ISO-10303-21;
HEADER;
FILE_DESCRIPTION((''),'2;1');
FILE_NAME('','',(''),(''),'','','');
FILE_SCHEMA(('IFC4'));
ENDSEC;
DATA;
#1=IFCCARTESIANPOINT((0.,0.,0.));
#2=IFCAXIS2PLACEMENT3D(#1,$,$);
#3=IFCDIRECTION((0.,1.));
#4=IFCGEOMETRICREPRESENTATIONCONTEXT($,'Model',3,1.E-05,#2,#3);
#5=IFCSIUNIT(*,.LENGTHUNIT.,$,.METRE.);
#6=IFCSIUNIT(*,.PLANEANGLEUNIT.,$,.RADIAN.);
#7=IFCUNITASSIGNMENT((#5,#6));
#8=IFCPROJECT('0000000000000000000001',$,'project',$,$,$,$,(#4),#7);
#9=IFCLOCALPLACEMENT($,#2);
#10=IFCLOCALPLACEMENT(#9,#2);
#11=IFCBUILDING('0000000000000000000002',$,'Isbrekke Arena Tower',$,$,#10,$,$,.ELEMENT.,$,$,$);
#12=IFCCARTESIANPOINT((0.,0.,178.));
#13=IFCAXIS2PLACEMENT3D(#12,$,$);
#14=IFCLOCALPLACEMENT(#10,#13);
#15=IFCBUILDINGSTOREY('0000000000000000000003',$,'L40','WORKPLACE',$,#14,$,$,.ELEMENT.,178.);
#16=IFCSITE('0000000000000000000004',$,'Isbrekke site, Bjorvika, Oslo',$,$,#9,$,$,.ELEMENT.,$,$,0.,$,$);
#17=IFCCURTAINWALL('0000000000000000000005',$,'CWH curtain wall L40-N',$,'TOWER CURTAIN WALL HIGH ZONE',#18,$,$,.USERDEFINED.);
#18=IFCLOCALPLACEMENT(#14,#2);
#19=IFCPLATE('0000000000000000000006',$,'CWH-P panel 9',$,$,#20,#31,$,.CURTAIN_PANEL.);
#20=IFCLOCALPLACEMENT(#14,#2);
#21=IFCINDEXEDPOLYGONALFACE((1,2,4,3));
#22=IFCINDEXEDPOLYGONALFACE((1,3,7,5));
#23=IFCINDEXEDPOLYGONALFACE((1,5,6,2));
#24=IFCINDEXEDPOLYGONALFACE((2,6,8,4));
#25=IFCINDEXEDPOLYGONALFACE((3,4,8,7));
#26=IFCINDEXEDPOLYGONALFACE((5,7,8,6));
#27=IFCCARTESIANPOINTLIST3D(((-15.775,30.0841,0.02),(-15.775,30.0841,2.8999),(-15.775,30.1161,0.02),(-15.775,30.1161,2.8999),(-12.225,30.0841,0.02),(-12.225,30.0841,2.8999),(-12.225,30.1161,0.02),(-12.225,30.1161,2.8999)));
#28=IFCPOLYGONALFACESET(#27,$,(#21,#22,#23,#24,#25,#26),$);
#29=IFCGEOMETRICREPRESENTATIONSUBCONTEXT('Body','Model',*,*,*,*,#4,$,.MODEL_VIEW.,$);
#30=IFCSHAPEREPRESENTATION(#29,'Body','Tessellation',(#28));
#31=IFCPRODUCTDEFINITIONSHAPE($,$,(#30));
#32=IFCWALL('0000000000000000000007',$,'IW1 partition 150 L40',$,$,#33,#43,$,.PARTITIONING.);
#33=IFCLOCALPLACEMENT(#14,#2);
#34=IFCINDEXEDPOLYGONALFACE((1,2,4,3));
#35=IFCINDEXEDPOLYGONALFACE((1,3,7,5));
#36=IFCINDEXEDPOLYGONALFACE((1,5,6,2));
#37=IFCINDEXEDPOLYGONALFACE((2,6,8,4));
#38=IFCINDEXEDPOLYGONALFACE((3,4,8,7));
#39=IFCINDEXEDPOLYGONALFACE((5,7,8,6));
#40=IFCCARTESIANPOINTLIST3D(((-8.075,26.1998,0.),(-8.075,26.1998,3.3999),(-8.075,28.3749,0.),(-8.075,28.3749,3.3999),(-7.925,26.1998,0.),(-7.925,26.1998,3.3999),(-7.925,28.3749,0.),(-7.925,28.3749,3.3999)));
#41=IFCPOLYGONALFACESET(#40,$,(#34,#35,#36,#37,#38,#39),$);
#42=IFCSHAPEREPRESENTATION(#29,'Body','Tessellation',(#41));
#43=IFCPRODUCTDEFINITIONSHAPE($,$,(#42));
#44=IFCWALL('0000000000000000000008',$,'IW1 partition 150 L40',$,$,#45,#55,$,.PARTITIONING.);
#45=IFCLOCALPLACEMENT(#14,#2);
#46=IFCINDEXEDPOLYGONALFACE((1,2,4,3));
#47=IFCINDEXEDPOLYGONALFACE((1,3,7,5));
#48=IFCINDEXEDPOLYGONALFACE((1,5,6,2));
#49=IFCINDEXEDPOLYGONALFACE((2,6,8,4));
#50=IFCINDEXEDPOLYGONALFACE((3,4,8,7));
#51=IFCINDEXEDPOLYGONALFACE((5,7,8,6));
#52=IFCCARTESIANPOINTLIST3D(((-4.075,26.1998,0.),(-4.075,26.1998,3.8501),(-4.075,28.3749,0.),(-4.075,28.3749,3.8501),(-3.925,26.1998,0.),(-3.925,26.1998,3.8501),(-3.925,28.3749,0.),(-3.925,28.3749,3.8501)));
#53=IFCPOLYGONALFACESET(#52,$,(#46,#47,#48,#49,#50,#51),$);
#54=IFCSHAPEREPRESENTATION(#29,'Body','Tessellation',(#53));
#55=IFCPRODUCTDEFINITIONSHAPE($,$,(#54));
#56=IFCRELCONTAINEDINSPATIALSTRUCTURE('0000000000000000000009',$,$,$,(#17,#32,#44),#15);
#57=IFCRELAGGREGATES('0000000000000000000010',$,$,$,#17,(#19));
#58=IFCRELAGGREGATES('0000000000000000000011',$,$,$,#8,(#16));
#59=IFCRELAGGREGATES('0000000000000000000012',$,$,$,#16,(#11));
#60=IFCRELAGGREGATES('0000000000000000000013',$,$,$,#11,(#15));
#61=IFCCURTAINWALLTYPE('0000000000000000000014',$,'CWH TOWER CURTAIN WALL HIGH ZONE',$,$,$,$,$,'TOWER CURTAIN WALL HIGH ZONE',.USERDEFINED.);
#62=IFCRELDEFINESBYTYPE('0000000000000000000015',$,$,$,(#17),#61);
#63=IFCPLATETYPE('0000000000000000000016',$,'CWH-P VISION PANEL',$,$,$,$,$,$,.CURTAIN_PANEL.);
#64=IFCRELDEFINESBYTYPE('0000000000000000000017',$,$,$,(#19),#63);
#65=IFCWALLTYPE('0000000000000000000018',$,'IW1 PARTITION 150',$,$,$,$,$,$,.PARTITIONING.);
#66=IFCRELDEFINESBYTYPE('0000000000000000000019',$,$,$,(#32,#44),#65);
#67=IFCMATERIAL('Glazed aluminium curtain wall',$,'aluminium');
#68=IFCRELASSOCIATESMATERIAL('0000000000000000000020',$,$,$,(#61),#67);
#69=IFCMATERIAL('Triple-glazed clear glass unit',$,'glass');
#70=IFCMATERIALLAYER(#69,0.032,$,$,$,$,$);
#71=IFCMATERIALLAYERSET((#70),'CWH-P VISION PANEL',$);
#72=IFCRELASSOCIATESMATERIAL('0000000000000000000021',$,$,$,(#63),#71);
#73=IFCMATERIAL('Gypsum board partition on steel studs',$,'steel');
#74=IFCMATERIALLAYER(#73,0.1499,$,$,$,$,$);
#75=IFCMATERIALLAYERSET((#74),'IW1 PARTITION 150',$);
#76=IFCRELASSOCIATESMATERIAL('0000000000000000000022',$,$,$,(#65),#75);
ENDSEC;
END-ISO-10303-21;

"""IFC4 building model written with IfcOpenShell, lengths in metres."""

from ifc_helpers import new_model, si_unit, direction, frame, frame_2d, origin, origin_2d, place, context, subcontext, project, spatial, rectangle, extrude, material, layer, layer_set, type_object, element, aggregate, save


model = new_model("IFC4")

# Units and contexts
model_context = context("Model", 3, precision=1e-05, world=origin(), true_north=direction((0.0, 1.0)))
body_context = subcontext(model_context, "Body", "Model", "MODEL_VIEW")
ifc_project = project(units=[si_unit("LENGTHUNIT", "METRE"), si_unit("PLANEANGLEUNIT", "RADIAN")], contexts=[model_context])

# Site, building, storey
site_placement = place(None, origin())
site = spatial("IfcSite", under=ifc_project, at=site_placement, Name="Isbrekke site, Bjorvika, Oslo", CompositionType="ELEMENT", RefElevation=0.0)
building_placement = place(site_placement, origin())
building = spatial("IfcBuilding", under=site, at=building_placement, Name="Isbrekke Arena Tower", CompositionType="ELEMENT")
storey_placement = place(building_placement, frame((0.0, 0.0, 178.0)))
storey = spatial("IfcBuildingStorey", under=building, at=storey_placement, Name="L40", Description="WORKPLACE", CompositionType="ELEMENT", Elevation=178.0)

# Curtain wall
ifc_material_1 = material(Name="Glazed aluminium curtain wall", Category="aluminium")
curtain_wall_type = type_object("IfcCurtainWallType", Name="CWH TOWER CURTAIN WALL HIGH ZONE", ElementType="TOWER CURTAIN WALL HIGH ZONE", PredefinedType="USERDEFINED", material=ifc_material_1)
curtain_wall_placement = place(storey_placement, origin())
curtain_wall = element("IfcCurtainWall", 1, at=curtain_wall_placement, inside=storey, type_object=curtain_wall_type, Name="CWH curtain wall L40-N", ObjectType="TOWER CURTAIN WALL HIGH ZONE", PredefinedType="USERDEFINED")

# Plate
ifc_material_2 = material(Name="Triple-glazed clear glass unit", Category="glass")
ifc_layer_1 = layer(ifc_material_2, 0.032)
ifc_layer_set_1 = layer_set([ifc_layer_1], Name="CWH-P VISION PANEL")
plate_type = type_object("IfcPlateType", Name="CWH-P VISION PANEL", PredefinedType="CURTAIN_PANEL", material=ifc_layer_set_1)
plate_1_placement = place(storey_placement, frame((-14.0, 30.1001, 0.02), z_axis=(0.0, 0.0, 1.0), x_axis=(-1.0, 0.0, 0.0)))
plate_1 = element("IfcPlate", 2, at=plate_1_placement, type_object=plate_type, Name="CWH-P panel 9", PredefinedType="CURTAIN_PANEL", context=body_context, shape_type="SweptSolid", body=[
    extrude(rectangle(XDim=3.55, YDim=0.032, at=origin_2d()), origin(), (0.0, 0.0, 1.0), 2.8799),
])
aggregate(curtain_wall, [plate_1])

# Walls
ifc_material_3 = material(Name="Gypsum board partition on steel studs", Category="steel")
ifc_layer_2 = layer(ifc_material_3, 0.1499)
ifc_layer_set_2 = layer_set([ifc_layer_2], Name="IW1 PARTITION 150")
wall_type = type_object("IfcWallType", Name="IW1 PARTITION 150", PredefinedType="PARTITIONING", material=ifc_layer_set_2)
wall_1_placement = place(storey_placement, frame((-8.0, 26.2, 0.0), z_axis=(0.0, 0.0, 1.0), x_axis=(0.0, 1.0, 0.0)))
element("IfcWall", 3, at=wall_1_placement, inside=storey, type_object=wall_type, Name="IW1 partition 150 L40", PredefinedType="PARTITIONING", context=body_context, shape_type="SweptSolid", body=[
    extrude(rectangle(XDim=2.175, YDim=0.1499, at=frame_2d((1.0874, 0.0))), origin(), (0.0, 0.0, 1.0), 3.3999),
])
wall_2_placement = place(storey_placement, frame((-4.0, 26.2, 0.0), z_axis=(0.0, 0.0, 1.0), x_axis=(0.0, 1.0, 0.0)))
element("IfcWall", 4, at=wall_2_placement, inside=storey, type_object=wall_type, Name="IW1 partition 150 L40", PredefinedType="PARTITIONING", context=body_context, shape_type="SweptSolid", body=[
    extrude(rectangle(XDim=2.175, YDim=0.1499, at=frame_2d((1.0874, 0.0))), origin(), (0.0, 0.0, 1.0), 3.8501),
])

save(model, "model.ifc")
